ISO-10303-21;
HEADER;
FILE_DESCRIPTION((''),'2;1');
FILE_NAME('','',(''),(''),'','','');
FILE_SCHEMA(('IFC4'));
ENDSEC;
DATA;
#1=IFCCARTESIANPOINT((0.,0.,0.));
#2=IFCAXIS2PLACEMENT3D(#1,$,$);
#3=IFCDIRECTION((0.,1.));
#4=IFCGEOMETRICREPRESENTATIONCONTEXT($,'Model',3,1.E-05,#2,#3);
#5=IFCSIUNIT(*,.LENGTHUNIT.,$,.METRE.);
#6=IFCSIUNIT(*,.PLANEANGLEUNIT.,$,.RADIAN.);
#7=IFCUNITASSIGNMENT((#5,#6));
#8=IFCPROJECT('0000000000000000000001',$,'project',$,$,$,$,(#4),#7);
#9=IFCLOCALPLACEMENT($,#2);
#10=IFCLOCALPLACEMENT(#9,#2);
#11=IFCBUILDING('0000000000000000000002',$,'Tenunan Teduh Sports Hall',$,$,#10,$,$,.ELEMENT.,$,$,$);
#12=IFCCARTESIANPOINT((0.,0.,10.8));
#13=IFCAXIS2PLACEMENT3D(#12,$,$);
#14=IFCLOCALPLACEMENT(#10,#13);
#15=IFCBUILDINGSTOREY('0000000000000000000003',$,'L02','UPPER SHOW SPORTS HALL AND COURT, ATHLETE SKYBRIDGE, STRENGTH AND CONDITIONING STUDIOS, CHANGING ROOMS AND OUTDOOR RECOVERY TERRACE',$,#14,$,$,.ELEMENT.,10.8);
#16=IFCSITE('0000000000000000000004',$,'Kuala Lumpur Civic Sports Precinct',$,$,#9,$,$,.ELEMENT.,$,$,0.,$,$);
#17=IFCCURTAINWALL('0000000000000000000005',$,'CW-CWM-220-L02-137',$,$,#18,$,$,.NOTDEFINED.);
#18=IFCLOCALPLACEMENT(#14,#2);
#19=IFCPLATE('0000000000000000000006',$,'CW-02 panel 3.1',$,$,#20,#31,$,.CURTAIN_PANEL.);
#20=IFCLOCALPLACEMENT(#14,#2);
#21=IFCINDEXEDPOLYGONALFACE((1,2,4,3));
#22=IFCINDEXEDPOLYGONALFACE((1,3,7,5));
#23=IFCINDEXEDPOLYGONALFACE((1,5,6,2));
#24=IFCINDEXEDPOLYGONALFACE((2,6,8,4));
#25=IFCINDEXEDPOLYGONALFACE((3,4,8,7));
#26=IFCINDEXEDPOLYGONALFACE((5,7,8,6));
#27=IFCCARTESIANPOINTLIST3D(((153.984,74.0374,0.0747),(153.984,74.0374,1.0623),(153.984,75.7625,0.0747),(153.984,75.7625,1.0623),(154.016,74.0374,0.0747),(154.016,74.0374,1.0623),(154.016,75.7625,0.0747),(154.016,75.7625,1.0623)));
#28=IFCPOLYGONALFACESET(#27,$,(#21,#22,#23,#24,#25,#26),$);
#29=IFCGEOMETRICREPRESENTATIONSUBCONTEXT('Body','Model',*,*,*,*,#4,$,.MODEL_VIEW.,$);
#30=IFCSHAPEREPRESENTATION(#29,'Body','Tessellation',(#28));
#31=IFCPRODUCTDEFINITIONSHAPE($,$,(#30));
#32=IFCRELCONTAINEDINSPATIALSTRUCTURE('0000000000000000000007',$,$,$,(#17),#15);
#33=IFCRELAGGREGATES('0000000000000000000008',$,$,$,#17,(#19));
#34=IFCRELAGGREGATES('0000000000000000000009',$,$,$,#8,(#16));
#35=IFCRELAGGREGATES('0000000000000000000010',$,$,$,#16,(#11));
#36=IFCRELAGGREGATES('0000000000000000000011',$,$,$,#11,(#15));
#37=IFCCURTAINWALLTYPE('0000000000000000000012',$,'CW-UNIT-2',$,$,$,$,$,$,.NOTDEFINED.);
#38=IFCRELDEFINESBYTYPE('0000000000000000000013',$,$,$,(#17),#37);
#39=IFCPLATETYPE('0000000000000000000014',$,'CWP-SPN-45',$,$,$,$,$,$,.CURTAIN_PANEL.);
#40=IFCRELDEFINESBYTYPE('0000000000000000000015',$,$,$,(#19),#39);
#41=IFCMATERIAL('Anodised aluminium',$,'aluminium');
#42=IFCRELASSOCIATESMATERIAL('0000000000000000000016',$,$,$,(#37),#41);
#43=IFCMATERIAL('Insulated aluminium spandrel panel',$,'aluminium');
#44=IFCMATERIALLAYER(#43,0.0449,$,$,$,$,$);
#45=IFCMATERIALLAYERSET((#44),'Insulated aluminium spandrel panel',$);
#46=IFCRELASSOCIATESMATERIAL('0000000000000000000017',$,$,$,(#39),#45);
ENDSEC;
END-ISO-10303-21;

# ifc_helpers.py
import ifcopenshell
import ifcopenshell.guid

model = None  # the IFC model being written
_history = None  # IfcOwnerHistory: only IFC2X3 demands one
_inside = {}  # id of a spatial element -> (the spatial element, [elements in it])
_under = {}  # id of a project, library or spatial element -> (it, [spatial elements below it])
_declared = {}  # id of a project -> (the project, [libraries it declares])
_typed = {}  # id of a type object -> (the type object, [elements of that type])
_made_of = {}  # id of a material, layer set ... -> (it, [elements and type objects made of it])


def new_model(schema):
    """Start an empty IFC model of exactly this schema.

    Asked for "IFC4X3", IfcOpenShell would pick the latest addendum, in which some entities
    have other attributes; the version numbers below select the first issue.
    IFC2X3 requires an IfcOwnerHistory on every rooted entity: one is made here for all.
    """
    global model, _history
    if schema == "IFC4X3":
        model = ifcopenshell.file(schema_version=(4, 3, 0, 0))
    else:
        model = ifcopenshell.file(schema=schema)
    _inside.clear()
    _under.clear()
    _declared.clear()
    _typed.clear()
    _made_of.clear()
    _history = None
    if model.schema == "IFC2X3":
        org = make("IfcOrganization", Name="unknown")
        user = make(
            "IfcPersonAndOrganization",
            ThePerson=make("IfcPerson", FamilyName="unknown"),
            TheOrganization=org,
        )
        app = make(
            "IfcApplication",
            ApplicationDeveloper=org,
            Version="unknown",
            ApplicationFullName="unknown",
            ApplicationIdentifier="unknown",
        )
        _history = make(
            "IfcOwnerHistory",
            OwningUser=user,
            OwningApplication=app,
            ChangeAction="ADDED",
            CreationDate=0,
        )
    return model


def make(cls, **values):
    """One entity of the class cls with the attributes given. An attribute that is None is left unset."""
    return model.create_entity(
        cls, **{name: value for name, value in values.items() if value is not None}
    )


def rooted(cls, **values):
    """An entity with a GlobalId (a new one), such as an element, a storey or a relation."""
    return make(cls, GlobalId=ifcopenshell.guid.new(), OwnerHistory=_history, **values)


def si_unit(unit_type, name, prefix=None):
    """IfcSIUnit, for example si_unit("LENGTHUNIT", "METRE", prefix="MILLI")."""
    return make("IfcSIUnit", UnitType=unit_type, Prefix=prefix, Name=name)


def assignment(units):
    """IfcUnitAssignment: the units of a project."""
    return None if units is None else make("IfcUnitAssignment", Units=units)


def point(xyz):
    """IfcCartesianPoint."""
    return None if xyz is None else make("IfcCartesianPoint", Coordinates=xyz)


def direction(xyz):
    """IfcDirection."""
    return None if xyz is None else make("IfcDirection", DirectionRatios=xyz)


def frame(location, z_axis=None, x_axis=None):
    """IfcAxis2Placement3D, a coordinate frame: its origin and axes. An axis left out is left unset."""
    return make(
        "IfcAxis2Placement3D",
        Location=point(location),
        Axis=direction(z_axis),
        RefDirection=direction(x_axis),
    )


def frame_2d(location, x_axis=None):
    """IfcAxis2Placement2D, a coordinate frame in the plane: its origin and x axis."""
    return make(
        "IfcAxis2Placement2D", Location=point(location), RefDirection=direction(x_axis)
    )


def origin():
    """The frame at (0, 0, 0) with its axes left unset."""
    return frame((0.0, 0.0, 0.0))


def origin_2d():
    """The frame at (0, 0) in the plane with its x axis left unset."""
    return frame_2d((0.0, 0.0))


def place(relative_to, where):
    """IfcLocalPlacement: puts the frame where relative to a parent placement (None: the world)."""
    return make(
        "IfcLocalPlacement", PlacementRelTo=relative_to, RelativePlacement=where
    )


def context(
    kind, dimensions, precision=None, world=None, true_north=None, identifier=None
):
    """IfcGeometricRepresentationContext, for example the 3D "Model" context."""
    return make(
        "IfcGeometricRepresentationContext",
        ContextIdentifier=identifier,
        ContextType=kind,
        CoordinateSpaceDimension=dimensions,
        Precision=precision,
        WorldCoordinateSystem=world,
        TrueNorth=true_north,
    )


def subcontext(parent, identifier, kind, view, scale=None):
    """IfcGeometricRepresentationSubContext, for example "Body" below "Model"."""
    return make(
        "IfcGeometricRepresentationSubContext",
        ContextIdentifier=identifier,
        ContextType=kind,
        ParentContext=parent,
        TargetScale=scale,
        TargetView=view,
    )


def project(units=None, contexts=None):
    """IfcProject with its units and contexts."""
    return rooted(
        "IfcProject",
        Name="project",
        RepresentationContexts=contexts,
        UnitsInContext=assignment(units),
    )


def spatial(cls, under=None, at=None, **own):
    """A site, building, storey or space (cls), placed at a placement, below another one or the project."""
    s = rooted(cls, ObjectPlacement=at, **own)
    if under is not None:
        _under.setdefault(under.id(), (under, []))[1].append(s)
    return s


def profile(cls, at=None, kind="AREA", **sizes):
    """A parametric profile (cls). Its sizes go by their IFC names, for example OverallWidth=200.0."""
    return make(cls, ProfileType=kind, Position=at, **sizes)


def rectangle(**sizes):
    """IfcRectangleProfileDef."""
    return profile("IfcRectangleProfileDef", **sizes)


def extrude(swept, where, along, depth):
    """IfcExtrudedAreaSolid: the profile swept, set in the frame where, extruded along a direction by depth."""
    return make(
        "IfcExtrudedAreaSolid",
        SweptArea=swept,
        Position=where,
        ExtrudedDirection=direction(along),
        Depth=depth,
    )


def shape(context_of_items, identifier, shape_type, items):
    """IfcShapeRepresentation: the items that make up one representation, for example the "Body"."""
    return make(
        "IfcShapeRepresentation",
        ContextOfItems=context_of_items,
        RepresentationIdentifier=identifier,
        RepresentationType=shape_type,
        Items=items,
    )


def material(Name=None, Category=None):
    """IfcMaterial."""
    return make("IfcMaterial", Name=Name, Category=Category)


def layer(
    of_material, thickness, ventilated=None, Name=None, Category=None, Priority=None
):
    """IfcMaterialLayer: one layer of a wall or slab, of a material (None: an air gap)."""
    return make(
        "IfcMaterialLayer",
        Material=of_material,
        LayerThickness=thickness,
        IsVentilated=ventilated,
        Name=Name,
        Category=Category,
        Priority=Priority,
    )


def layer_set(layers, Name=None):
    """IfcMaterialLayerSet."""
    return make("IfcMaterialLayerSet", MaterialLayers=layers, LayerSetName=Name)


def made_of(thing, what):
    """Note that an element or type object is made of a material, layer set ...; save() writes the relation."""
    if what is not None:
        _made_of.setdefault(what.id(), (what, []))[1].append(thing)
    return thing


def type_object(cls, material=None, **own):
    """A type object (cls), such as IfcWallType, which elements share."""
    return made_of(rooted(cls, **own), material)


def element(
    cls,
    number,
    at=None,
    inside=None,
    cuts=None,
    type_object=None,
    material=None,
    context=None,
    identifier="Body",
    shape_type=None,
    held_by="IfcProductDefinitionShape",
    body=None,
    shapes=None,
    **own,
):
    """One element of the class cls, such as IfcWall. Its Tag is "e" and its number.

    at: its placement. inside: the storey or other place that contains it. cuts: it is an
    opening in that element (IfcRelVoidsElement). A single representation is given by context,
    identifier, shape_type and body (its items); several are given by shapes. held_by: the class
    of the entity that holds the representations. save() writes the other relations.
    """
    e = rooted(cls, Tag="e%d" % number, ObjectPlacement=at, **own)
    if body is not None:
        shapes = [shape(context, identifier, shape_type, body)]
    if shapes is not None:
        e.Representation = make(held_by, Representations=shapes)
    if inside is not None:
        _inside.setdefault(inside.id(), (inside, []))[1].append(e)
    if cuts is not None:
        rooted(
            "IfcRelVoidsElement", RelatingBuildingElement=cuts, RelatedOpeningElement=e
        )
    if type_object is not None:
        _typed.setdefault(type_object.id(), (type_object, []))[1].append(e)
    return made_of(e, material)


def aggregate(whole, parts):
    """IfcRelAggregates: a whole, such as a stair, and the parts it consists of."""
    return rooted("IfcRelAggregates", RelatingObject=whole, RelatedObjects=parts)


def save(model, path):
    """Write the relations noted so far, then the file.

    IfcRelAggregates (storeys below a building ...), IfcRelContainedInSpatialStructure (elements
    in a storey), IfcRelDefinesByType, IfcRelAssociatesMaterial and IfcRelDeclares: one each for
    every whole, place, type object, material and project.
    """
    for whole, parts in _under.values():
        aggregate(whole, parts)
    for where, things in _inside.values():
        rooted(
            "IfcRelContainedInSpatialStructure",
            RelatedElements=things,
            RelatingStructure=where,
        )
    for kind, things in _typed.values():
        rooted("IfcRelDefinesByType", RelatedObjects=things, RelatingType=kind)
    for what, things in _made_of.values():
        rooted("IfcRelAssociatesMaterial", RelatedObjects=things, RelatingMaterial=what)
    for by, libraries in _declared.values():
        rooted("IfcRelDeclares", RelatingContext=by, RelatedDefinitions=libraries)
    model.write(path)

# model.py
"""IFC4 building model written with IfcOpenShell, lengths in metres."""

from ifc_helpers import new_model, si_unit, direction, frame, origin, origin_2d, place, context, subcontext, project, spatial, rectangle, extrude, material, layer, layer_set, type_object, element, aggregate, save


model = new_model("IFC4")

# Units and contexts
model_context = context("Model", 3, precision=1e-05, world=origin(), true_north=direction((0.0, 1.0)))
body_context = subcontext(model_context, "Body", "Model", "MODEL_VIEW")
ifc_project = project(units=[si_unit("LENGTHUNIT", "METRE"), si_unit("PLANEANGLEUNIT", "RADIAN")], contexts=[model_context])

# Site, building, storey
site_placement = place(None, origin())
site = spatial("IfcSite", under=ifc_project, at=site_placement, Name="Kuala Lumpur Civic Sports Precinct", CompositionType="ELEMENT", RefElevation=0.0)
building_placement = place(site_placement, origin())
building = spatial("IfcBuilding", under=site, at=building_placement, Name="Tenunan Teduh Sports Hall", CompositionType="ELEMENT")
storey_placement = place(building_placement, frame((0.0, 0.0, 10.8)))
storey = spatial("IfcBuildingStorey", under=building, at=storey_placement, Name="L02", Description="UPPER SHOW SPORTS HALL AND COURT, ATHLETE SKYBRIDGE, STRENGTH AND CONDITIONING STUDIOS, CHANGING ROOMS AND OUTDOOR RECOVERY TERRACE", CompositionType="ELEMENT", Elevation=10.8)

# Curtain wall
ifc_material_1 = material(Name="Anodised aluminium", Category="aluminium")
curtain_wall_type = type_object("IfcCurtainWallType", Name="CW-UNIT-2", PredefinedType="NOTDEFINED", material=ifc_material_1)
curtain_wall_placement = place(storey_placement, origin())
curtain_wall = element("IfcCurtainWall", 1, at=curtain_wall_placement, inside=storey, type_object=curtain_wall_type, Name="CW-CWM-220-L02-137", PredefinedType="NOTDEFINED")

# Plate
ifc_material_2 = material(Name="Insulated aluminium spandrel panel", Category="aluminium")
ifc_layer_1 = layer(ifc_material_2, 0.0449)
ifc_layer_set_1 = layer_set([ifc_layer_1], Name="Insulated aluminium spandrel panel")
plate_type_1 = type_object("IfcPlateType", Name="CWP-SPN-45", PredefinedType="CURTAIN_PANEL", material=ifc_layer_set_1)
plate_1_placement = place(storey_placement, frame((154.0, 74.8999, 0.0747), z_axis=(0.0, 0.0, 1.0), x_axis=(0.0, 1.0, 0.0)))
plate_1 = element("IfcPlate", 2, at=plate_1_placement, type_object=plate_type_1, Name="CW-02 panel 3.1", PredefinedType="CURTAIN_PANEL", context=body_context, shape_type="SweptSolid", body=[
    extrude(rectangle(XDim=1.7251, YDim=0.032, at=origin_2d()), origin(), (0.0, 0.0, 1.0), 0.9875),
])
aggregate(curtain_wall, [plate_1])

save(model, "model.ifc")
